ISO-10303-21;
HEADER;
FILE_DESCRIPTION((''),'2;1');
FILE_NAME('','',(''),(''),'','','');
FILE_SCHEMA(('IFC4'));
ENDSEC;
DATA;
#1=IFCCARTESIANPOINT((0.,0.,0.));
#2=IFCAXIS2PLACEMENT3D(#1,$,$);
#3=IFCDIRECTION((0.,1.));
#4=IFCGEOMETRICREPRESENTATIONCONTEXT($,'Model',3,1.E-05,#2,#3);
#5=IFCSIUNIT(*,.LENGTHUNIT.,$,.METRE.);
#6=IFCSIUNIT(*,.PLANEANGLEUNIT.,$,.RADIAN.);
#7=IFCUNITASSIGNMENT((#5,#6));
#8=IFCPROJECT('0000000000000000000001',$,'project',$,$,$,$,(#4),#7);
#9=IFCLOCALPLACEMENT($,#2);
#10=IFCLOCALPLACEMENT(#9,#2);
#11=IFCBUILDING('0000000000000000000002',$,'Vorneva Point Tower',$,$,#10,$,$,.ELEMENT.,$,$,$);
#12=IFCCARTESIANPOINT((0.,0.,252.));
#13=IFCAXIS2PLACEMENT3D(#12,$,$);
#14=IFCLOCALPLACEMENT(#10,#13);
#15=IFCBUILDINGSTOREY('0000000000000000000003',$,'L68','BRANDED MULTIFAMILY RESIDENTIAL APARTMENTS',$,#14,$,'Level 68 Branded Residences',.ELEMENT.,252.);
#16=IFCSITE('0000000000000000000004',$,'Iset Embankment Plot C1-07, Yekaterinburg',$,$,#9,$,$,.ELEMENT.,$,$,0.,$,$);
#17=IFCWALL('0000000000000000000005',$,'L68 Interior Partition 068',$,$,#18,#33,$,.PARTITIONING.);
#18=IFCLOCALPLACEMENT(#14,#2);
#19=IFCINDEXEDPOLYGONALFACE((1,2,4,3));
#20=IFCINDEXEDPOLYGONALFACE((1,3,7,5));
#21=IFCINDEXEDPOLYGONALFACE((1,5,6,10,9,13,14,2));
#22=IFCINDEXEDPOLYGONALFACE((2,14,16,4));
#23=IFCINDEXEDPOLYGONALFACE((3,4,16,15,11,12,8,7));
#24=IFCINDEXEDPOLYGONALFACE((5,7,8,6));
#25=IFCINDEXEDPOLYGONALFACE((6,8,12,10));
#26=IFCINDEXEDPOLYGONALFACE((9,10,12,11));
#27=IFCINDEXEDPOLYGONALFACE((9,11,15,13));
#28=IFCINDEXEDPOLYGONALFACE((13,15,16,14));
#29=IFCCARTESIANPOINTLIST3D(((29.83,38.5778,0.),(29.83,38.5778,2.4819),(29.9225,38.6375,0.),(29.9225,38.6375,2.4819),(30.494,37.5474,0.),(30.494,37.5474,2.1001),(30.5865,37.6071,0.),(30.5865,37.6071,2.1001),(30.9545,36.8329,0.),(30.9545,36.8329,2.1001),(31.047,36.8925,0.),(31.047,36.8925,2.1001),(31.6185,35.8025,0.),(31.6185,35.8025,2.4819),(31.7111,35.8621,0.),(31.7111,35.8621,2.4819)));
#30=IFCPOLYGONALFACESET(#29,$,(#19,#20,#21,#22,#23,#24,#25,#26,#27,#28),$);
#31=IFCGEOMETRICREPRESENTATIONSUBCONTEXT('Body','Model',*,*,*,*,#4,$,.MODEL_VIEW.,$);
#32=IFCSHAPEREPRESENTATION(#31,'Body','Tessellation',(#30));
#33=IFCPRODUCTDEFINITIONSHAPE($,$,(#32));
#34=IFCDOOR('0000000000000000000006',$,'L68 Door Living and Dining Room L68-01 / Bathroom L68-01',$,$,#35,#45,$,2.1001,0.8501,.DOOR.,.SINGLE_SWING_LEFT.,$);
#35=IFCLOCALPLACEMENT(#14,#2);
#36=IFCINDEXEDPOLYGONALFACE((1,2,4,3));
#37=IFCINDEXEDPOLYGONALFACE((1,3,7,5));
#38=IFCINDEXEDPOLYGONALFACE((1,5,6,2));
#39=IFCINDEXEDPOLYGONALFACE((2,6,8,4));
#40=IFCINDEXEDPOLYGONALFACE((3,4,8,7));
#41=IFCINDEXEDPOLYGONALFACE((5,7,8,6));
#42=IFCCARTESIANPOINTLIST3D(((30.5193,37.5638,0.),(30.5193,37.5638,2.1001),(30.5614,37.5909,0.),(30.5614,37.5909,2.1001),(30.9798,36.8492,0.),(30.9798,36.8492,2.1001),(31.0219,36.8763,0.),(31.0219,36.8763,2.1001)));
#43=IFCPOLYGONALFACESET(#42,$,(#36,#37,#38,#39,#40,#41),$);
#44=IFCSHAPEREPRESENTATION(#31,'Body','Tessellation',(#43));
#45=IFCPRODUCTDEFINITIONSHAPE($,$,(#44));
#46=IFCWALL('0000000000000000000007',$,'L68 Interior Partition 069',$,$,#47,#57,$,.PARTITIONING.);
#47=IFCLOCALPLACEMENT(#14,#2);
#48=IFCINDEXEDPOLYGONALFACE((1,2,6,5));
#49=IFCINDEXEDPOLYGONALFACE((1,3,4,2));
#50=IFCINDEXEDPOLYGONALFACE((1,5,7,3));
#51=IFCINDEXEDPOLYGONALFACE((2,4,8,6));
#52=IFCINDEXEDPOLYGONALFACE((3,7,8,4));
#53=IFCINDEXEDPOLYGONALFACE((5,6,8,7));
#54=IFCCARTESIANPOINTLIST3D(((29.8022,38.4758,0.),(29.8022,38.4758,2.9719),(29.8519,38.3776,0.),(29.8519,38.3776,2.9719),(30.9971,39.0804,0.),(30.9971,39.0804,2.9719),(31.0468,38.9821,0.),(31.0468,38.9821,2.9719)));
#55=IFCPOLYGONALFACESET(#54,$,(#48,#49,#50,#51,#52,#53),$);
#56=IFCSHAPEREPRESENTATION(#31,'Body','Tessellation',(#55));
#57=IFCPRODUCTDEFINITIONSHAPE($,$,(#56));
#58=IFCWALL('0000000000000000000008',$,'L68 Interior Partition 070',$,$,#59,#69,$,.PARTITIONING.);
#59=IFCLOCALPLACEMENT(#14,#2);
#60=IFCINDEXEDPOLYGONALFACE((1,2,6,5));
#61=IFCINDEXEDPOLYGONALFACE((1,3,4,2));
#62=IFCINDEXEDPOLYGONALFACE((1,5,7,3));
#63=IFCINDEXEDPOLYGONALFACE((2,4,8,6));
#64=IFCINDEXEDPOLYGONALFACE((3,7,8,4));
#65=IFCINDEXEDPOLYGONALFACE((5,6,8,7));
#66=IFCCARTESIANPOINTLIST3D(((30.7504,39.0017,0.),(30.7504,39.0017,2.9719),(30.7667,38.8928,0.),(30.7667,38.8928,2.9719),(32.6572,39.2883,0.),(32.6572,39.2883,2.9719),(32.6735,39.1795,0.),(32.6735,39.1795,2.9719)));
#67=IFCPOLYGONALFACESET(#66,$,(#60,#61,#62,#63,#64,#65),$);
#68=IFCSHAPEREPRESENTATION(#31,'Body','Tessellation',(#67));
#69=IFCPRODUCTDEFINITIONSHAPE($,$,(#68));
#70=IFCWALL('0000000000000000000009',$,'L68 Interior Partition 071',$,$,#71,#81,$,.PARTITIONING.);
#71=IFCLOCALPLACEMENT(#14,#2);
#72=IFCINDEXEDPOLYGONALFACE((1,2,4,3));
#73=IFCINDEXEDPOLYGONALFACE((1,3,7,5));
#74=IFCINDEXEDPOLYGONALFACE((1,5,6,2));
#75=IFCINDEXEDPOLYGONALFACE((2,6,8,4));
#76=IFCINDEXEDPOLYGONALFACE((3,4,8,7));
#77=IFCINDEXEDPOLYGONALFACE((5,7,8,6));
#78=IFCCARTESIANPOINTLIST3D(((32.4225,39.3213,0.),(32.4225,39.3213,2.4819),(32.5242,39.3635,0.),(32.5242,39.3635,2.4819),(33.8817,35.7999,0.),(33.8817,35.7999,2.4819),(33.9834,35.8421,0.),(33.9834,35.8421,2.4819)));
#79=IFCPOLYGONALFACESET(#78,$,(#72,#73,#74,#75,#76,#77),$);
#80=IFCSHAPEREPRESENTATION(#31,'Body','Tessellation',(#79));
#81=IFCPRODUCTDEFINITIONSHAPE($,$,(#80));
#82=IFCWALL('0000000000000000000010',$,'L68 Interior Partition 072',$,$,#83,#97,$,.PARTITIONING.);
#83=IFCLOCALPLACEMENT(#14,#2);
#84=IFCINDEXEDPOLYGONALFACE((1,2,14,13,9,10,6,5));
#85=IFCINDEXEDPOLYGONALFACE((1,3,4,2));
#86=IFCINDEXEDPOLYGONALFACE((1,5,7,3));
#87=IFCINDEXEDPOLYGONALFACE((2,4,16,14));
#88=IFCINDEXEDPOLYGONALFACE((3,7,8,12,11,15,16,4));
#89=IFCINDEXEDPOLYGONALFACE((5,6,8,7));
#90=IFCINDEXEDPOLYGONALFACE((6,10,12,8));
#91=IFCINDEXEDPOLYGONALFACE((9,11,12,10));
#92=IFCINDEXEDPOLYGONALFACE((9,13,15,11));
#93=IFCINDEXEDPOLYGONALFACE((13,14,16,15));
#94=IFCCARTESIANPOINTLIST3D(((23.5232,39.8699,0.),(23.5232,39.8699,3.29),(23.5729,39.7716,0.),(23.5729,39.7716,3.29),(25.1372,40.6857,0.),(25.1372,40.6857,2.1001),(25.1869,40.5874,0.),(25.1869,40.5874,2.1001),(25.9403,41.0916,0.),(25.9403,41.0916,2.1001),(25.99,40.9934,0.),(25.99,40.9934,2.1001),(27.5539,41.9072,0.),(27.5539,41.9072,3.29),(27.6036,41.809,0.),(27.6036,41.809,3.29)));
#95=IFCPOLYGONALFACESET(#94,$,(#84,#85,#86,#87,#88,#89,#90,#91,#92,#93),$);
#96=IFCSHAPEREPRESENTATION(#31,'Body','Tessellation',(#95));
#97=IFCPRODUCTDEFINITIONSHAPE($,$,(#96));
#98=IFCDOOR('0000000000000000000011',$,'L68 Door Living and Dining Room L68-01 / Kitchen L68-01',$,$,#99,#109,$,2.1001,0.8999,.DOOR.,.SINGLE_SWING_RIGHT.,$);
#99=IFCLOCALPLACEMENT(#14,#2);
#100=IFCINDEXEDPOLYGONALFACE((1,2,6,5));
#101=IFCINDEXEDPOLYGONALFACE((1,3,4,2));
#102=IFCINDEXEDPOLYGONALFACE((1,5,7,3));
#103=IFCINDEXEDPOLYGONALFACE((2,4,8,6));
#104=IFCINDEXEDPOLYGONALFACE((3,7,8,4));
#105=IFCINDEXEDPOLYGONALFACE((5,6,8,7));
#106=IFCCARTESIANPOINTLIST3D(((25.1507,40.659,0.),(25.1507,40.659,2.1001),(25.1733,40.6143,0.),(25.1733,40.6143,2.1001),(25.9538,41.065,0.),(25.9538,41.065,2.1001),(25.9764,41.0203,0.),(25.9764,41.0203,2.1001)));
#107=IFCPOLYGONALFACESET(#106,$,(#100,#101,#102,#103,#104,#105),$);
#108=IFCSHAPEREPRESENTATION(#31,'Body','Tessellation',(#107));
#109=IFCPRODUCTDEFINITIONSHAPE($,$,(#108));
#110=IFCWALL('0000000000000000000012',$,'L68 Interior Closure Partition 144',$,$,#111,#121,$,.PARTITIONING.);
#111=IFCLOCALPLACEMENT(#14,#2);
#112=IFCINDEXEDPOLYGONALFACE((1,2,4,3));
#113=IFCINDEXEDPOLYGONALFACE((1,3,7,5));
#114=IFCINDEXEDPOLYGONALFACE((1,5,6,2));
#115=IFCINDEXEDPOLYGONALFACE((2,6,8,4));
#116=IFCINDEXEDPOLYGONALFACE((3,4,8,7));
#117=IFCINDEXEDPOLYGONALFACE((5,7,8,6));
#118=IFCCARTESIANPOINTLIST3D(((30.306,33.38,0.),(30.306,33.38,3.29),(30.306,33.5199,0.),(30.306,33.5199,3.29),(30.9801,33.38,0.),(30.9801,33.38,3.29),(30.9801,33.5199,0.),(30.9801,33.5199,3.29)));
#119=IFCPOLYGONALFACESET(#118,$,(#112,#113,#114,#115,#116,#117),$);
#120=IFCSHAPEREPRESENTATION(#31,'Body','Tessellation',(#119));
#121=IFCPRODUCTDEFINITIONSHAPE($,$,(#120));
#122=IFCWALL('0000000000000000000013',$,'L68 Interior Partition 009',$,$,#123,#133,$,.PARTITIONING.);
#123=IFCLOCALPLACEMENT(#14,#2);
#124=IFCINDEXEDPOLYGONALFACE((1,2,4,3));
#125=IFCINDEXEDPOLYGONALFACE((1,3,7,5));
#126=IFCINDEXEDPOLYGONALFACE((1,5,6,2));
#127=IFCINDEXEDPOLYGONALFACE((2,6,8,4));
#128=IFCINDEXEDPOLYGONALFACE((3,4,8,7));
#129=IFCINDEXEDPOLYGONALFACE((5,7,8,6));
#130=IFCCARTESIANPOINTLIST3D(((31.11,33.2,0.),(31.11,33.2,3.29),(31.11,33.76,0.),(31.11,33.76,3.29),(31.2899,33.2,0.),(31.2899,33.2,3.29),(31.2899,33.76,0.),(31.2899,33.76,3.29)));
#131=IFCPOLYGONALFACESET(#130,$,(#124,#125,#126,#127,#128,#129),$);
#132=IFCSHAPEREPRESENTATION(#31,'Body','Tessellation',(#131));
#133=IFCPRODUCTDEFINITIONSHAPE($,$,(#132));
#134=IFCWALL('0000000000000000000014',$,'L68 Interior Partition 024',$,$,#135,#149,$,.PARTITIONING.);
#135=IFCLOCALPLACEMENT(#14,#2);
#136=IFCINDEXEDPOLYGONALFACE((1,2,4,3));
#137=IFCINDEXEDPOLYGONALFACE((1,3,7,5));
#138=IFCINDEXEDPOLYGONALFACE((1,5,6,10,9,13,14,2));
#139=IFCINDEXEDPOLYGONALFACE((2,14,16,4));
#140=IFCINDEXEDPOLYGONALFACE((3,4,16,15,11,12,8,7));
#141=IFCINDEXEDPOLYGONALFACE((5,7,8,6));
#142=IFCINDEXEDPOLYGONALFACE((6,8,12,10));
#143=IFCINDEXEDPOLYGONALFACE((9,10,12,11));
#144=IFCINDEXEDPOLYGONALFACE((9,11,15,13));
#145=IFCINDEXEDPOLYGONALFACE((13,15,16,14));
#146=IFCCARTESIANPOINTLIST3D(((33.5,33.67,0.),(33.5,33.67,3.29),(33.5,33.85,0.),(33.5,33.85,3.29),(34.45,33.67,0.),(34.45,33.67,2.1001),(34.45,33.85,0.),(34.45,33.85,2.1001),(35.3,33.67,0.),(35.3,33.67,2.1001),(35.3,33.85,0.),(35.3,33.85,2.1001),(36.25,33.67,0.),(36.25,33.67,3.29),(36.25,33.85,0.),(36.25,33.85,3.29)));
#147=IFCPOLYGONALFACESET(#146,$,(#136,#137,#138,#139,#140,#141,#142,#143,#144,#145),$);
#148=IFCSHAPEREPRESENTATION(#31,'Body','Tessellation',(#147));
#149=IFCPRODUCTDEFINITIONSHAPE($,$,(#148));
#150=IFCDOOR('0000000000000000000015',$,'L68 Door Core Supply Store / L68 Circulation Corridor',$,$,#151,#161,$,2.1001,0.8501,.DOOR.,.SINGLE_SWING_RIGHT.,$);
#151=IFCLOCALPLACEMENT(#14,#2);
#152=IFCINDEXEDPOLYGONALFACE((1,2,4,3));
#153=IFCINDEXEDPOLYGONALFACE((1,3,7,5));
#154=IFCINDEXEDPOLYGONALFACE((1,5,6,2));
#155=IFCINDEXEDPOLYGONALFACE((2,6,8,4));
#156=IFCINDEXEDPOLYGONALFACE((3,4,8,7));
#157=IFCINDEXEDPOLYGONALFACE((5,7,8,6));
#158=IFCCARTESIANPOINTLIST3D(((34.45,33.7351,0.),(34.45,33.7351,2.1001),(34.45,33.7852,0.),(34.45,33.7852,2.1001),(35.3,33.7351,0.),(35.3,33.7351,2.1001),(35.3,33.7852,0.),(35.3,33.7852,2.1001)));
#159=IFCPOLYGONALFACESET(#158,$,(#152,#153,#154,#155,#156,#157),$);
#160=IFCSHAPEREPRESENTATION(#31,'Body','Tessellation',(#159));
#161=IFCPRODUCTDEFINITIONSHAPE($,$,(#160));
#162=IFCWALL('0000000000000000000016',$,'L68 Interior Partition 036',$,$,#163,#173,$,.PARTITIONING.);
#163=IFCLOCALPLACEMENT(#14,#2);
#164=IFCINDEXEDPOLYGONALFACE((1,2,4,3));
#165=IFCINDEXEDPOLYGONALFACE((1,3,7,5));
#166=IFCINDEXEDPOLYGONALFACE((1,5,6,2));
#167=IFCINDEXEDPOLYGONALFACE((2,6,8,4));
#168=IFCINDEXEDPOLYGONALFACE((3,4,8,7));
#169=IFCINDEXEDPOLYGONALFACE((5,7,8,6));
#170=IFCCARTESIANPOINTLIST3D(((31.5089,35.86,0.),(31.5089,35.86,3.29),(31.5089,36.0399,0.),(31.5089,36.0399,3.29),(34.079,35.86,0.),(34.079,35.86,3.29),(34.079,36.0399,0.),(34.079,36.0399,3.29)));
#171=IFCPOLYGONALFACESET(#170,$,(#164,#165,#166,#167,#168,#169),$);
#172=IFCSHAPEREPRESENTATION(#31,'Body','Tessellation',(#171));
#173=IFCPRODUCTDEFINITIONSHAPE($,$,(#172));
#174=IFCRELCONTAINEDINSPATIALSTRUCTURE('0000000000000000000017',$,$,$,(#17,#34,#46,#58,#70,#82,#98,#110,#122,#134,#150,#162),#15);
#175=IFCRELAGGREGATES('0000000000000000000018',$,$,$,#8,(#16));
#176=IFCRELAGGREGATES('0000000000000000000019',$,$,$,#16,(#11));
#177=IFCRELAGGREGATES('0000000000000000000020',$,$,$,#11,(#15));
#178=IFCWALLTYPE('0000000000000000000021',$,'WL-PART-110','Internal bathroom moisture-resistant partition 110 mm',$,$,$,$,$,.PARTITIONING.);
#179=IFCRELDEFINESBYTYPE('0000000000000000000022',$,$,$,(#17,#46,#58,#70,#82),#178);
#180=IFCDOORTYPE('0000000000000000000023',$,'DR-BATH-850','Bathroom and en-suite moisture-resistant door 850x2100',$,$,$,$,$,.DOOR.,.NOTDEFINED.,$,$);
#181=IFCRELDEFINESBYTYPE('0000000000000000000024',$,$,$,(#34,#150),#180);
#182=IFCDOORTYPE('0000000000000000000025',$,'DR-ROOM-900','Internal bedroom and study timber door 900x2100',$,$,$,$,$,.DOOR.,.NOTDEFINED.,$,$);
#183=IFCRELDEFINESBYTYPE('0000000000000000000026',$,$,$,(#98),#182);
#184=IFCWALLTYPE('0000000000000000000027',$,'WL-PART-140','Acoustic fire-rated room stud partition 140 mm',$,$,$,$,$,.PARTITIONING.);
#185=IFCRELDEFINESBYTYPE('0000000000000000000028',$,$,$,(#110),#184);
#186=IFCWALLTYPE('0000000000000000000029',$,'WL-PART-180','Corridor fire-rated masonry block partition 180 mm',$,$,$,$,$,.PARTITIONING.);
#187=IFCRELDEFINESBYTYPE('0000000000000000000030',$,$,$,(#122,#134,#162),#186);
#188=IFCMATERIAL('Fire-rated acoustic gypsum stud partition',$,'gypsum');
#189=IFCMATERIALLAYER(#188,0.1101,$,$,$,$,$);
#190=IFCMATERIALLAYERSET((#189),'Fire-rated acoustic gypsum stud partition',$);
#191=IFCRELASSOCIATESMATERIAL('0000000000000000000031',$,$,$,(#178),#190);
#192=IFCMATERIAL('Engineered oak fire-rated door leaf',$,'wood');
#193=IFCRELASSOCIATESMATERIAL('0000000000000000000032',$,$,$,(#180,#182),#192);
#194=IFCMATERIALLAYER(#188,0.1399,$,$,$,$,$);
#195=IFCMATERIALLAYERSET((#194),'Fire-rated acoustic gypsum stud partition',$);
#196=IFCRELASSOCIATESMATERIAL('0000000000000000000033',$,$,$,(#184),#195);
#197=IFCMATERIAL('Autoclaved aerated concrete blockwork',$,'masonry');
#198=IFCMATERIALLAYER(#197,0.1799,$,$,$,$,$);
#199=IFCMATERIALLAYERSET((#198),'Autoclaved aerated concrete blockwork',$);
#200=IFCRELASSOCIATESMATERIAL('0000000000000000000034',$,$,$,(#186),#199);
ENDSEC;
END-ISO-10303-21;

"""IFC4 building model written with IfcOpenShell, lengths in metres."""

from ifc_helpers import new_model, si_unit, direction, frame, frame_2d, origin, place, context, subcontext, project, spatial, rectangle, extrude, material, layer, layer_set, type_object, element, fill, save


model = new_model("IFC4")

# Units and contexts
model_context = context("Model", 3, precision=1e-05, world=origin(), true_north=direction((0.0, 1.0)))
body_context = subcontext(model_context, "Body", "Model", "MODEL_VIEW")
ifc_project = project(units=[si_unit("LENGTHUNIT", "METRE"), si_unit("PLANEANGLEUNIT", "RADIAN")], contexts=[model_context])

# Site, building, storey
site_placement = place(None, origin())
site = spatial("IfcSite", under=ifc_project, at=site_placement, Name="Iset Embankment Plot C1-07, Yekaterinburg", CompositionType="ELEMENT", RefElevation=0.0)
building_placement = place(site_placement, origin())
building = spatial("IfcBuilding", under=site, at=building_placement, Name="Vorneva Point Tower", CompositionType="ELEMENT")
storey_placement = place(building_placement, frame((0.0, 0.0, 252.0)))
storey = spatial("IfcBuildingStorey", under=building, at=storey_placement, Name="L68", Description="BRANDED MULTIFAMILY RESIDENTIAL APARTMENTS", LongName="Level 68 Branded Residences", CompositionType="ELEMENT", Elevation=252.0)

# Wall, opening, door
ifc_material_1 = material(Name="Fire-rated acoustic gypsum stud partition", Category="gypsum")
ifc_layer_1 = layer(ifc_material_1, 0.1101)
ifc_layer_set_1 = layer_set([ifc_layer_1], Name="Fire-rated acoustic gypsum stud partition")
wall_type_1 = type_object("IfcWallType", Name="WL-PART-110", Description="Internal bathroom moisture-resistant partition 110 mm", PredefinedType="PARTITIONING", material=ifc_layer_set_1)
wall_1_placement = place(storey_placement, frame((31.6648, 35.8323, 0.0), z_axis=(0.0, 0.0, 1.0), x_axis=(-0.541699, 0.840573, 0.0)))
wall_1 = element("IfcWall", 1, at=wall_1_placement, inside=storey, type_object=wall_type_1, Name="L68 Interior Partition 068", PredefinedType="PARTITIONING", context=body_context, shape_type="SweptSolid", body=[
    extrude(rectangle(XDim=3.3018, YDim=0.1101, at=frame_2d((1.6509, 0.0))), origin(), (0.0, 0.0, 1.0), 2.4819),
])
opening_1_placement = place(wall_1_placement, frame((1.2258, 0.0, 0.0)))
opening_1 = element("IfcOpeningElement", 2, at=opening_1_placement, cuts=wall_1, PredefinedType="OPENING", context=body_context, shape_type="SweptSolid", body=[
    extrude(rectangle(XDim=0.8501, YDim=2.1001, at=frame_2d((0.425, 1.05))), frame((0.0, 0.0698, 0.0), z_axis=(0.0, -1.0, 0.0), x_axis=(1.0, 0.0, 0.0)), (0.0, 0.0, 1.0), 0.1399),
])
ifc_material_2 = material(Name="Engineered oak fire-rated door leaf", Category="wood")
door_type_1 = type_object("IfcDoorType", Name="DR-BATH-850", Description="Bathroom and en-suite moisture-resistant door 850x2100", OperationType="NOTDEFINED", PredefinedType="DOOR", material=ifc_material_2)
door_1_placement = place(opening_1_placement, origin())
door_1 = element("IfcDoor", 3, at=door_1_placement, inside=storey, type_object=door_type_1, Name="L68 Door Living and Dining Room L68-01 / Bathroom L68-01", OperationType="SINGLE_SWING_LEFT", OverallHeight=2.1001, OverallWidth=0.8501, PredefinedType="DOOR", context=body_context, shape_type="SweptSolid", body=[
    extrude(rectangle(XDim=0.8501, YDim=2.1001, at=frame_2d((0.425, 1.05))), frame((0.0, 0.0249, 0.0), z_axis=(0.0, -1.0, 0.0), x_axis=(1.0, 0.0, 0.0)), (0.0, 0.0, 1.0), 0.05),
])
fill(opening_1, door_1)

# Walls
wall_2_placement = place(storey_placement, frame((29.8271, 38.4268, 0.0), z_axis=(0.0, 0.0, 1.0), x_axis=(0.892302, 0.451439, 0.0)))
element("IfcWall", 4, at=wall_2_placement, inside=storey, type_object=wall_type_1, Name="L68 Interior Partition 069", PredefinedType="PARTITIONING", context=body_context, shape_type="SweptSolid", body=[
    extrude(rectangle(XDim=1.3391, YDim=0.1101, at=frame_2d((0.6694, 0.0))), origin(), (0.0, 0.0, 1.0), 2.9719),
])
wall_3_placement = place(storey_placement, frame((30.7585, 38.9473, 0.0), z_axis=(0.0, 0.0, 1.0), x_axis=(0.98889, 0.14865, 0.0)))
element("IfcWall", 5, at=wall_3_placement, inside=storey, type_object=wall_type_1, Name="L68 Interior Partition 070", PredefinedType="PARTITIONING", context=body_context, shape_type="SweptSolid", body=[
    extrude(rectangle(XDim=1.9282, YDim=0.1101, at=frame_2d((0.9641, 0.0))), origin(), (0.0, 0.0, 1.0), 2.9719),
])
wall_4_placement = place(storey_placement, frame((32.4734, 39.3423, 0.0), z_axis=(0.0, 0.0, 1.0), x_axis=(0.382814, -0.923826, 0.0)))
element("IfcWall", 6, at=wall_4_placement, inside=storey, type_object=wall_type_1, Name="L68 Interior Partition 071", PredefinedType="PARTITIONING", context=body_context, shape_type="SweptSolid", body=[
    extrude(rectangle(XDim=3.8118, YDim=0.1101, at=frame_2d((1.9058, 0.0))), origin(), (0.0, 0.0, 1.0), 2.4819),
])

# Wall, opening, door
wall_5_placement = place(storey_placement, frame((27.5789, 41.8582, 0.0), z_axis=(0.0, 0.0, 1.0), x_axis=(-0.892473, -0.451101, 0.0)))
wall_5 = element("IfcWall", 7, at=wall_5_placement, inside=storey, type_object=wall_type_1, Name="L68 Interior Partition 072", PredefinedType="PARTITIONING", context=body_context, shape_type="SweptSolid", body=[
    extrude(rectangle(XDim=4.5164, YDim=0.1101, at=frame_2d((2.2583, 0.0))), origin(), (0.0, 0.0, 1.0), 3.29),
])
opening_2_placement = place(wall_5_placement, frame((1.8081, 0.0, 0.0)))
opening_2 = element("IfcOpeningElement", 8, at=opening_2_placement, cuts=wall_5, PredefinedType="OPENING", context=body_context, shape_type="SweptSolid", body=[
    extrude(rectangle(XDim=0.8999, YDim=2.1001, at=frame_2d((0.45, 1.05))), frame((0.0, 0.0698, 0.0), z_axis=(0.0, -1.0, 0.0), x_axis=(1.0, 0.0, 0.0)), (0.0, 0.0, 1.0), 0.1399),
])
door_type_2 = type_object("IfcDoorType", Name="DR-ROOM-900", Description="Internal bedroom and study timber door 900x2100", OperationType="NOTDEFINED", PredefinedType="DOOR", material=ifc_material_2)
door_2_placement = place(opening_2_placement, origin())
door_2 = element("IfcDoor", 9, at=door_2_placement, inside=storey, type_object=door_type_2, Name="L68 Door Living and Dining Room L68-01 / Kitchen L68-01", OperationType="SINGLE_SWING_RIGHT", OverallHeight=2.1001, OverallWidth=0.8999, PredefinedType="DOOR", context=body_context, shape_type="SweptSolid", body=[
    extrude(rectangle(XDim=0.8999, YDim=2.1001, at=frame_2d((0.45, 1.05))), frame((0.0, 0.0249, 0.0), z_axis=(0.0, -1.0, 0.0), x_axis=(1.0, 0.0, 0.0)), (0.0, 0.0, 1.0), 0.05),
])
fill(opening_2, door_2)

# Wall
ifc_layer_2 = layer(ifc_material_1, 0.1399)
ifc_layer_set_2 = layer_set([ifc_layer_2], Name="Fire-rated acoustic gypsum stud partition")
wall_type_2 = type_object("IfcWallType", Name="WL-PART-140", Description="Acoustic fire-rated room stud partition 140 mm", PredefinedType="PARTITIONING", material=ifc_layer_set_2)
wall_6_placement = place(storey_placement, frame((30.98, 33.45, 0.0), z_axis=(0.0, 0.0, 1.0), x_axis=(-1.0, 0.0, 0.0)))
element("IfcWall", 10, at=wall_6_placement, inside=storey, type_object=wall_type_2, Name="L68 Interior Closure Partition 144", PredefinedType="PARTITIONING", context=body_context, shape_type="SweptSolid", body=[
    extrude(rectangle(XDim=0.6741, YDim=0.1399, at=frame_2d((0.3369, 0.0))), origin(), (0.0, 0.0, 1.0), 3.29),
])

# Shared definitions
ifc_material_3 = material(Name="Autoclaved aerated concrete blockwork", Category="masonry")
ifc_layer_3 = layer(ifc_material_3, 0.1799)
ifc_layer_set_3 = layer_set([ifc_layer_3], Name="Autoclaved aerated concrete blockwork")
wall_type_3 = type_object("IfcWallType", Name="WL-PART-180", Description="Corridor fire-rated masonry block partition 180 mm", PredefinedType="PARTITIONING", material=ifc_layer_set_3)

# Wall
wall_7_placement = place(storey_placement, frame((31.2, 33.76, 0.0), z_axis=(0.0, 0.0, 1.0), x_axis=(0.0, -1.0, 0.0)))
element("IfcWall", 11, at=wall_7_placement, inside=storey, type_object=wall_type_3, Name="L68 Interior Partition 009", PredefinedType="PARTITIONING", context=body_context, shape_type="SweptSolid", body=[
    extrude(rectangle(XDim=0.5601, YDim=0.1799, at=frame_2d((0.28, 0.0))), origin(), (0.0, 0.0, 1.0), 3.29),
])

# Wall, opening, door
wall_8_placement = place(storey_placement, frame((36.25, 33.76, 0.0), z_axis=(0.0, 0.0, 1.0), x_axis=(-1.0, 0.0, 0.0)))
wall_8 = element("IfcWall", 12, at=wall_8_placement, inside=storey, type_object=wall_type_3, Name="L68 Interior Partition 024", PredefinedType="PARTITIONING", context=body_context, shape_type="SweptSolid", body=[
    extrude(rectangle(XDim=2.75, YDim=0.1799, at=frame_2d((1.375, 0.0))), origin(), (0.0, 0.0, 1.0), 3.29),
])
opening_3_placement = place(wall_8_placement, frame((0.95, 0.0, 0.0)))
opening_3 = element("IfcOpeningElement", 13, at=opening_3_placement, cuts=wall_8, PredefinedType="OPENING", context=body_context, shape_type="SweptSolid", body=[
    extrude(rectangle(XDim=0.8501, YDim=2.1001, at=frame_2d((0.425, 1.05))), frame((0.0, 0.105, 0.0), z_axis=(0.0, -1.0, 0.0), x_axis=(1.0, 0.0, 0.0)), (0.0, 0.0, 1.0), 0.2097),
])
door_3_placement = place(opening_3_placement, origin())
door_3 = element("IfcDoor", 14, at=door_3_placement, inside=storey, type_object=door_type_1, Name="L68 Door Core Supply Store / L68 Circulation Corridor", OperationType="SINGLE_SWING_RIGHT", OverallHeight=2.1001, OverallWidth=0.8501, PredefinedType="DOOR", context=body_context, shape_type="SweptSolid", body=[
    extrude(rectangle(XDim=0.8501, YDim=2.1001, at=frame_2d((0.425, 1.05))), frame((0.0, 0.0249, 0.0), z_axis=(0.0, -1.0, 0.0), x_axis=(1.0, 0.0, 0.0)), (0.0, 0.0, 1.0), 0.05),
])
fill(opening_3, door_3)

# Wall
wall_9_placement = place(storey_placement, frame((34.0791, 35.95, 0.0), z_axis=(0.0, 0.0, 1.0), x_axis=(-1.0, 0.0, 0.0)))
element("IfcWall", 15, at=wall_9_placement, inside=storey, type_object=wall_type_3, Name="L68 Interior Partition 036", PredefinedType="PARTITIONING", context=body_context, shape_type="SweptSolid", body=[
    extrude(rectangle(XDim=2.5701, YDim=0.1799, at=frame_2d((1.2852, 0.0))), origin(), (0.0, 0.0, 1.0), 3.29),
])

save(model, "model.ifc")
